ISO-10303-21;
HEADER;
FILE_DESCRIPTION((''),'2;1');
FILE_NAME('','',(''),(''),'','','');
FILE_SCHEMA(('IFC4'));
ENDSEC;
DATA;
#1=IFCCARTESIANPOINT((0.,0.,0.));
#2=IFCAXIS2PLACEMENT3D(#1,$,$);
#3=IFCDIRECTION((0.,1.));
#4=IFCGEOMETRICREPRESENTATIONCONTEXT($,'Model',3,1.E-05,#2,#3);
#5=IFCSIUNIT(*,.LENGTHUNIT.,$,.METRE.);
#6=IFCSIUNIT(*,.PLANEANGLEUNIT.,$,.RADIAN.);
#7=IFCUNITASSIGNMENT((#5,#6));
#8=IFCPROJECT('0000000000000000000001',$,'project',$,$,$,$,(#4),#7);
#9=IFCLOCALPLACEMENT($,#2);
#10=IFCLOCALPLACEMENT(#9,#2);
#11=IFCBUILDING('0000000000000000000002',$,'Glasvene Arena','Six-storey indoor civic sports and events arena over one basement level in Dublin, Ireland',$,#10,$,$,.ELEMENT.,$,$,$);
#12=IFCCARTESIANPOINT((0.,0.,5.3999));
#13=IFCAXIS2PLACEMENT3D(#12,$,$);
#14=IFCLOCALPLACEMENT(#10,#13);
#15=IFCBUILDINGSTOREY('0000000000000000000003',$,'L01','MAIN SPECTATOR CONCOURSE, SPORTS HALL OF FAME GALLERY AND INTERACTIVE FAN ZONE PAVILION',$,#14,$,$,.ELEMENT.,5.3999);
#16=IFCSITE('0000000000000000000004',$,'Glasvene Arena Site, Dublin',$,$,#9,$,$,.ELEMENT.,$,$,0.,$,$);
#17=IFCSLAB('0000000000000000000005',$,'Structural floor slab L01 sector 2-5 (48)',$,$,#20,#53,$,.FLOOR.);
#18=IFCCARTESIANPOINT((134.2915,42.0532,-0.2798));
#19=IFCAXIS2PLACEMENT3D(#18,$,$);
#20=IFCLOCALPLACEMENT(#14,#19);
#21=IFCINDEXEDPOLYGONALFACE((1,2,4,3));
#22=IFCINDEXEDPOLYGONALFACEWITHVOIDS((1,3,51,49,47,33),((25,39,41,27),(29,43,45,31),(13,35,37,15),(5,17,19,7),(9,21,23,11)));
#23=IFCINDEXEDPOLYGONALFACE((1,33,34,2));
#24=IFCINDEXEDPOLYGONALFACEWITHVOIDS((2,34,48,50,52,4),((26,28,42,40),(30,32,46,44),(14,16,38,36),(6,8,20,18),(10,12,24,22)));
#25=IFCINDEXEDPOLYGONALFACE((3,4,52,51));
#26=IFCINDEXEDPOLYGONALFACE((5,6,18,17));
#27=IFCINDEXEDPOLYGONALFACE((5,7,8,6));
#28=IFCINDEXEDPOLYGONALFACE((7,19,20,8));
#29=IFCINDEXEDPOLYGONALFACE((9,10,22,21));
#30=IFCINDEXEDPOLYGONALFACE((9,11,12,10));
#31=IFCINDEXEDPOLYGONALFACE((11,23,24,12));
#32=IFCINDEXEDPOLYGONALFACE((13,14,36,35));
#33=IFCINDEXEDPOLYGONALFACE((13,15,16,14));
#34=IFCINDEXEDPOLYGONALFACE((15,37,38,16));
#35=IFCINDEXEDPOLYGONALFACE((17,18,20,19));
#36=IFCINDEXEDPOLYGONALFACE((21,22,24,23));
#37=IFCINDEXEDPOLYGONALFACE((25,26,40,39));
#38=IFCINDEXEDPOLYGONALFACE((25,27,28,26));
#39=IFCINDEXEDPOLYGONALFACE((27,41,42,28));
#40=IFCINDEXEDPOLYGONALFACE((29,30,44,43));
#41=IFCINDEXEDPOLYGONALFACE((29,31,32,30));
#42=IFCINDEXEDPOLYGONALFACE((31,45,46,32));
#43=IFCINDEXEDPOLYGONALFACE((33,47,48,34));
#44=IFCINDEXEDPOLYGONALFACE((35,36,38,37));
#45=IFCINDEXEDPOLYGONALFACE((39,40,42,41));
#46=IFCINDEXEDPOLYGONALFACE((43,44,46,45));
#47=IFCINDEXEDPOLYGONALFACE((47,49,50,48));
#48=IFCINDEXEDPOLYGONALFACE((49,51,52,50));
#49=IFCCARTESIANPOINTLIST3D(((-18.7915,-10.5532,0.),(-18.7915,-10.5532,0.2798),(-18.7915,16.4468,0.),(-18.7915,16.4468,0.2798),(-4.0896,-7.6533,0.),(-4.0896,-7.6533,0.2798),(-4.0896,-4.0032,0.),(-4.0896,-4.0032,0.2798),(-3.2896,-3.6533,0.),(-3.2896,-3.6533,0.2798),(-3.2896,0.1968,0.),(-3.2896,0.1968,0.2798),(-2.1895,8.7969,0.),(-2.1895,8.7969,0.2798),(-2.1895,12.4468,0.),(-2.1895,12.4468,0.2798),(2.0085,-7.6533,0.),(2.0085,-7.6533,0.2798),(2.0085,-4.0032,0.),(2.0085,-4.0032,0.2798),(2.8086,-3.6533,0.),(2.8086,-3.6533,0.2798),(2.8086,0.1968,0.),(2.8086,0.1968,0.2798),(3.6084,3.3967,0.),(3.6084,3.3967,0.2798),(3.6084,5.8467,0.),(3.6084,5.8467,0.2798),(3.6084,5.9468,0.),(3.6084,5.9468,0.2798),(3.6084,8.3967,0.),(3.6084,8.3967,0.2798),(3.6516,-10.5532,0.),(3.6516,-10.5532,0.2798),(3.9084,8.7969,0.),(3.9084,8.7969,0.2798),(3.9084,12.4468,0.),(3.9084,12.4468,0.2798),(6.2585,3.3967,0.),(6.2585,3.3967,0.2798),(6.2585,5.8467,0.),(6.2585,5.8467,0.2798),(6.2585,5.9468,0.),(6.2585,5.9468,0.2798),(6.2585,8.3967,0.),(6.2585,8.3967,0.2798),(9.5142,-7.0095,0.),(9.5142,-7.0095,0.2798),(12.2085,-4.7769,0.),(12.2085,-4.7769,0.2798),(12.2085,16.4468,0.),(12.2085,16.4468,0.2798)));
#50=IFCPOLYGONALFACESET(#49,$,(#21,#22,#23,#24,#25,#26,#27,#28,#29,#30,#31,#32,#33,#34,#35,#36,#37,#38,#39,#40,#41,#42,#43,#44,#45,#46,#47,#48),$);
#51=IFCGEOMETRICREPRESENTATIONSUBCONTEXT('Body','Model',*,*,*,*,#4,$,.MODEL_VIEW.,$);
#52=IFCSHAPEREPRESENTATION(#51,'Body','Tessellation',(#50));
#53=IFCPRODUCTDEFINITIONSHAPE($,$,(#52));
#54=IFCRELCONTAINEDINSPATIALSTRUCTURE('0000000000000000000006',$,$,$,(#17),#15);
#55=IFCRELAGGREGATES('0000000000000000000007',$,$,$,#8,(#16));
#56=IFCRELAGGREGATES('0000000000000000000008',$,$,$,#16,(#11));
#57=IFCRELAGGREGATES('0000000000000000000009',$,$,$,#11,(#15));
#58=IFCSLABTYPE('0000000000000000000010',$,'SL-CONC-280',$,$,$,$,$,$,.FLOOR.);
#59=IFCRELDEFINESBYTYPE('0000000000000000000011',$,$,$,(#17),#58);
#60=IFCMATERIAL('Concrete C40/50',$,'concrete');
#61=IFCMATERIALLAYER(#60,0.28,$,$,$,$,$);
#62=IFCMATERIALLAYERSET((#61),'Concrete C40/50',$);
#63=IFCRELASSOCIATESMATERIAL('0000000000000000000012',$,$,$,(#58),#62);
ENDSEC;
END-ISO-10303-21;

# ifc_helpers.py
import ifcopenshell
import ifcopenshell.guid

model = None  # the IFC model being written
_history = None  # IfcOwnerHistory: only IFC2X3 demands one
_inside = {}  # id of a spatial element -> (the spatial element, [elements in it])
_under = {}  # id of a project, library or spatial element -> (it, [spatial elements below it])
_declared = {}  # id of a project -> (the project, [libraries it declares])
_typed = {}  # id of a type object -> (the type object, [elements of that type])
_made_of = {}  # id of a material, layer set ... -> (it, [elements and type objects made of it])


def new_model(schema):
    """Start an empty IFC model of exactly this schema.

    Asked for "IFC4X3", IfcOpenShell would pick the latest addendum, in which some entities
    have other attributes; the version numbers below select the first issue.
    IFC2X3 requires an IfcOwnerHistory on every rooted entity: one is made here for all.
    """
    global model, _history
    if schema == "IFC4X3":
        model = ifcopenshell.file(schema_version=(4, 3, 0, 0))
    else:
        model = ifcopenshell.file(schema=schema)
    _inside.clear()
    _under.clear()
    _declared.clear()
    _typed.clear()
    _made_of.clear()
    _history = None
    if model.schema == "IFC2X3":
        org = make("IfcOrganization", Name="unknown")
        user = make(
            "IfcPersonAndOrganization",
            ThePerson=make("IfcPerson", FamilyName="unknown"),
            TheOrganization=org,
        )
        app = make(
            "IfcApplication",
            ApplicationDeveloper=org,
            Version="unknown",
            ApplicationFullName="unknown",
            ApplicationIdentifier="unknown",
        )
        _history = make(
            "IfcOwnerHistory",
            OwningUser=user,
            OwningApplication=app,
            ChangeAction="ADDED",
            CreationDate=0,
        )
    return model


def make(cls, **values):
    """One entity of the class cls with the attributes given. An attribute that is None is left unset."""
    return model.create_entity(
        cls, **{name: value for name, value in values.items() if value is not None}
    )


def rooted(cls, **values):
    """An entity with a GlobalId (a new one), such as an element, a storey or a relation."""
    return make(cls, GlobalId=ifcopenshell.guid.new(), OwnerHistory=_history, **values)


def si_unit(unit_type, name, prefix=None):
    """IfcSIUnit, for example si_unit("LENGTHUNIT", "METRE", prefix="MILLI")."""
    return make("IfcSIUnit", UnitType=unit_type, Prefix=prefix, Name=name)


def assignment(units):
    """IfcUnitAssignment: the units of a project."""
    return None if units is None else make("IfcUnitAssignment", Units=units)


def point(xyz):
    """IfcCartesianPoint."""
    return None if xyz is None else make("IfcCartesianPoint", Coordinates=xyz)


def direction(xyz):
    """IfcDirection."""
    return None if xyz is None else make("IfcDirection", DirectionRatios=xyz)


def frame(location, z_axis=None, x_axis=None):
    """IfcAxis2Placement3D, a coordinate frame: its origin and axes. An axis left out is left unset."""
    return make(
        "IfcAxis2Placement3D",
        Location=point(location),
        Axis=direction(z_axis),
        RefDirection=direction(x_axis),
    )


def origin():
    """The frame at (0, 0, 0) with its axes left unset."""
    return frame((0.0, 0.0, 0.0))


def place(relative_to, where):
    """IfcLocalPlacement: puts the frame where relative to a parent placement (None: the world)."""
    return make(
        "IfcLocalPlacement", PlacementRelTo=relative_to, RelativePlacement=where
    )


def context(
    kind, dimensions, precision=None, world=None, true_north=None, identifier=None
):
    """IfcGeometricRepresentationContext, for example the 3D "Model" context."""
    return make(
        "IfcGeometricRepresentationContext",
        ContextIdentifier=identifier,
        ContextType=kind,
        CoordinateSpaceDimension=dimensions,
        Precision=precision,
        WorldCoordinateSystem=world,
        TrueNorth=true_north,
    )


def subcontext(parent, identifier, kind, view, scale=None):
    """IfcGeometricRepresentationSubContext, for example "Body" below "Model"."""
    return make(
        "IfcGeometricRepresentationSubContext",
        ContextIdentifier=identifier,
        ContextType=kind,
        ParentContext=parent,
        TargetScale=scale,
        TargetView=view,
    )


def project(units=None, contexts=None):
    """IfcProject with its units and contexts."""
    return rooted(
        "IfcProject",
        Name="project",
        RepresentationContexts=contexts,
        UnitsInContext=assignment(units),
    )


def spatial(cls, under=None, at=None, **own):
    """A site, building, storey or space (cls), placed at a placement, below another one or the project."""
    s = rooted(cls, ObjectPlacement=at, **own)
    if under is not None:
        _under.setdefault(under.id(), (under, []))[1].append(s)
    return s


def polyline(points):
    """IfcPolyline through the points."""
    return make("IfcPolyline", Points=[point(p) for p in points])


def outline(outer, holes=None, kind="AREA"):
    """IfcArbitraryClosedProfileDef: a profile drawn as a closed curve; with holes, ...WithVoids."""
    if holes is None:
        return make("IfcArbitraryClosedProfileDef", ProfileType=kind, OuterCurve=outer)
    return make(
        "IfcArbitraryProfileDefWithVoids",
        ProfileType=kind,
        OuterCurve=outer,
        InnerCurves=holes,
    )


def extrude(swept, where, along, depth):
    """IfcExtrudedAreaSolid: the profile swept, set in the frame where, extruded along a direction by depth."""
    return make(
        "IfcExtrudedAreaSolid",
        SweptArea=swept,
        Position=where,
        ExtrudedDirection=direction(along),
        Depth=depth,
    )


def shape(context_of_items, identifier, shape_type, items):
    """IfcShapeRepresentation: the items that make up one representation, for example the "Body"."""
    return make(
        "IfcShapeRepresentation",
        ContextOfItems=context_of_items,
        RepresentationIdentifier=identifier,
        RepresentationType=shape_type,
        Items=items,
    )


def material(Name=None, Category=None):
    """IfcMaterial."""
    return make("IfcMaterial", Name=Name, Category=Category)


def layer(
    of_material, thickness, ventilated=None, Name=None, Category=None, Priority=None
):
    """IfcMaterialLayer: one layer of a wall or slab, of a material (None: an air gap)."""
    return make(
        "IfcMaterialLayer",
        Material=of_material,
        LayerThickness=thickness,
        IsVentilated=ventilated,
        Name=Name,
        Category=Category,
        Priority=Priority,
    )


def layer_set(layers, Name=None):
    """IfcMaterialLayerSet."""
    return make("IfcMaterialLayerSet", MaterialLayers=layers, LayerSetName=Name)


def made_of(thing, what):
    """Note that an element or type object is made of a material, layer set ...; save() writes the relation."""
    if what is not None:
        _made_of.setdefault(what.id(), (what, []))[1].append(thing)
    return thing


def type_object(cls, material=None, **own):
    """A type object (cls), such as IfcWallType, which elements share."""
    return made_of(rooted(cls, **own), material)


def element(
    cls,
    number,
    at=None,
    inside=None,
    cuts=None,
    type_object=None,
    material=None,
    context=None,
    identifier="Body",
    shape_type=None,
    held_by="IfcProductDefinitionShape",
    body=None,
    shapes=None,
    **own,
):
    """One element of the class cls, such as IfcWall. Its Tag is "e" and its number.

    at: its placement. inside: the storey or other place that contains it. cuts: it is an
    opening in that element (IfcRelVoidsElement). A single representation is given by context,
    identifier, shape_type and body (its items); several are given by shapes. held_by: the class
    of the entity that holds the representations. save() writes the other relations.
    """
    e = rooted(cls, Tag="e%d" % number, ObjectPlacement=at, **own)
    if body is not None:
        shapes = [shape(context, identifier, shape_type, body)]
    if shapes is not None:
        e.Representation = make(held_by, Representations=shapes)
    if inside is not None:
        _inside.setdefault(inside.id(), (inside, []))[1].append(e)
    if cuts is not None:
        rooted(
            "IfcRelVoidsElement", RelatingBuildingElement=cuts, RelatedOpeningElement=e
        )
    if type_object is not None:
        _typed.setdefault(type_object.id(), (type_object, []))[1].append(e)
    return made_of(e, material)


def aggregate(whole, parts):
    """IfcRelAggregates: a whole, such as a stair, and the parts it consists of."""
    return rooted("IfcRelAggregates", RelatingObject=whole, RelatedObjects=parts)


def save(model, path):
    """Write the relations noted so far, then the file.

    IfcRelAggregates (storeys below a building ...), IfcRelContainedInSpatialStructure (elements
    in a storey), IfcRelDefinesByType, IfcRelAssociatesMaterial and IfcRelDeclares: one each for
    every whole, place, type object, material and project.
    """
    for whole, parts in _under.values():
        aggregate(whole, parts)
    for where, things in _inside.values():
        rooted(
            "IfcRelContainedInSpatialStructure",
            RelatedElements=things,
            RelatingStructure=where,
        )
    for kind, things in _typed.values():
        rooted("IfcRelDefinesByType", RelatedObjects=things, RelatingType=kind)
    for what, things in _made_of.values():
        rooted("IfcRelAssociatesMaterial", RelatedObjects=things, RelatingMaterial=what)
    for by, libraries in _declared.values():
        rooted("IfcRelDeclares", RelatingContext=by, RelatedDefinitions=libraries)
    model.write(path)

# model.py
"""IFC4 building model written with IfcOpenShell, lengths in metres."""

from ifc_helpers import new_model, si_unit, direction, frame, origin, place, context, subcontext, project, spatial, polyline, outline, extrude, material, layer, layer_set, type_object, element, save


model = new_model("IFC4")

# Units and contexts
model_context = context("Model", 3, precision=1e-05, world=origin(), true_north=direction((0.0, 1.0)))
body_context = subcontext(model_context, "Body", "Model", "MODEL_VIEW")
ifc_project = project(units=[si_unit("LENGTHUNIT", "METRE"), si_unit("PLANEANGLEUNIT", "RADIAN")], contexts=[model_context])

# Site, building, storey
site_placement = place(None, origin())
site = spatial("IfcSite", under=ifc_project, at=site_placement, Name="Glasvene Arena Site, Dublin", CompositionType="ELEMENT", RefElevation=0.0)
building_placement = place(site_placement, origin())
building = spatial("IfcBuilding", under=site, at=building_placement, Name="Glasvene Arena", Description="Six-storey indoor civic sports and events arena over one basement level in Dublin, Ireland", CompositionType="ELEMENT")
storey_placement = place(building_placement, frame((0.0, 0.0, 5.3999)))
storey = spatial("IfcBuildingStorey", under=building, at=storey_placement, Name="L01", Description="MAIN SPECTATOR CONCOURSE, SPORTS HALL OF FAME GALLERY AND INTERACTIVE FAN ZONE PAVILION", CompositionType="ELEMENT", Elevation=5.3999)

# Slab
ifc_material_1 = material(Name="Concrete C40/50", Category="concrete")
ifc_layer_1 = layer(ifc_material_1, 0.28)
ifc_layer_set_1 = layer_set([ifc_layer_1], Name="Concrete C40/50")
slab_type = type_object("IfcSlabType", Name="SL-CONC-280", PredefinedType="FLOOR", material=ifc_layer_set_1)
slab_placement = place(storey_placement, frame((134.2915, 42.0532, -0.2798)))
element("IfcSlab", 1, at=slab_placement, inside=storey, type_object=slab_type, Name="Structural floor slab L01 sector 2-5 (48)", PredefinedType="FLOOR", context=body_context, shape_type="SweptSolid", body=[
    extrude(outline(polyline([(3.6516, -10.5532), (-18.7915, -10.5532), (-18.7915, 16.4468), (12.2085, 16.4468), (12.2085, -4.7769), (9.5142, -7.0095), (3.6516, -10.5532)]), holes=[polyline([(2.0085, -7.6533), (2.0085, -4.0032), (-4.0896, -4.0032), (-4.0896, -7.6533), (2.0085, -7.6533)]), polyline([(2.8086, -3.6533), (2.8086, 0.1968), (-3.2896, 0.1968), (-3.2896, -3.6533), (2.8086, -3.6533)]), polyline([(6.2585, 3.3967), (6.2585, 5.8467), (3.6084, 5.8467), (3.6084, 3.3967), (6.2585, 3.3967)]), polyline([(6.2585, 5.9468), (6.2585, 8.3967), (3.6084, 8.3967), (3.6084, 5.9468), (6.2585, 5.9468)]), polyline([(3.9084, 8.7969), (3.9084, 12.4468), (-2.1895, 12.4468), (-2.1895, 8.7969), (3.9084, 8.7969)])]), origin(), (0.0, 0.0, 1.0), 0.2798),
])

save(model, "model.ifc")
